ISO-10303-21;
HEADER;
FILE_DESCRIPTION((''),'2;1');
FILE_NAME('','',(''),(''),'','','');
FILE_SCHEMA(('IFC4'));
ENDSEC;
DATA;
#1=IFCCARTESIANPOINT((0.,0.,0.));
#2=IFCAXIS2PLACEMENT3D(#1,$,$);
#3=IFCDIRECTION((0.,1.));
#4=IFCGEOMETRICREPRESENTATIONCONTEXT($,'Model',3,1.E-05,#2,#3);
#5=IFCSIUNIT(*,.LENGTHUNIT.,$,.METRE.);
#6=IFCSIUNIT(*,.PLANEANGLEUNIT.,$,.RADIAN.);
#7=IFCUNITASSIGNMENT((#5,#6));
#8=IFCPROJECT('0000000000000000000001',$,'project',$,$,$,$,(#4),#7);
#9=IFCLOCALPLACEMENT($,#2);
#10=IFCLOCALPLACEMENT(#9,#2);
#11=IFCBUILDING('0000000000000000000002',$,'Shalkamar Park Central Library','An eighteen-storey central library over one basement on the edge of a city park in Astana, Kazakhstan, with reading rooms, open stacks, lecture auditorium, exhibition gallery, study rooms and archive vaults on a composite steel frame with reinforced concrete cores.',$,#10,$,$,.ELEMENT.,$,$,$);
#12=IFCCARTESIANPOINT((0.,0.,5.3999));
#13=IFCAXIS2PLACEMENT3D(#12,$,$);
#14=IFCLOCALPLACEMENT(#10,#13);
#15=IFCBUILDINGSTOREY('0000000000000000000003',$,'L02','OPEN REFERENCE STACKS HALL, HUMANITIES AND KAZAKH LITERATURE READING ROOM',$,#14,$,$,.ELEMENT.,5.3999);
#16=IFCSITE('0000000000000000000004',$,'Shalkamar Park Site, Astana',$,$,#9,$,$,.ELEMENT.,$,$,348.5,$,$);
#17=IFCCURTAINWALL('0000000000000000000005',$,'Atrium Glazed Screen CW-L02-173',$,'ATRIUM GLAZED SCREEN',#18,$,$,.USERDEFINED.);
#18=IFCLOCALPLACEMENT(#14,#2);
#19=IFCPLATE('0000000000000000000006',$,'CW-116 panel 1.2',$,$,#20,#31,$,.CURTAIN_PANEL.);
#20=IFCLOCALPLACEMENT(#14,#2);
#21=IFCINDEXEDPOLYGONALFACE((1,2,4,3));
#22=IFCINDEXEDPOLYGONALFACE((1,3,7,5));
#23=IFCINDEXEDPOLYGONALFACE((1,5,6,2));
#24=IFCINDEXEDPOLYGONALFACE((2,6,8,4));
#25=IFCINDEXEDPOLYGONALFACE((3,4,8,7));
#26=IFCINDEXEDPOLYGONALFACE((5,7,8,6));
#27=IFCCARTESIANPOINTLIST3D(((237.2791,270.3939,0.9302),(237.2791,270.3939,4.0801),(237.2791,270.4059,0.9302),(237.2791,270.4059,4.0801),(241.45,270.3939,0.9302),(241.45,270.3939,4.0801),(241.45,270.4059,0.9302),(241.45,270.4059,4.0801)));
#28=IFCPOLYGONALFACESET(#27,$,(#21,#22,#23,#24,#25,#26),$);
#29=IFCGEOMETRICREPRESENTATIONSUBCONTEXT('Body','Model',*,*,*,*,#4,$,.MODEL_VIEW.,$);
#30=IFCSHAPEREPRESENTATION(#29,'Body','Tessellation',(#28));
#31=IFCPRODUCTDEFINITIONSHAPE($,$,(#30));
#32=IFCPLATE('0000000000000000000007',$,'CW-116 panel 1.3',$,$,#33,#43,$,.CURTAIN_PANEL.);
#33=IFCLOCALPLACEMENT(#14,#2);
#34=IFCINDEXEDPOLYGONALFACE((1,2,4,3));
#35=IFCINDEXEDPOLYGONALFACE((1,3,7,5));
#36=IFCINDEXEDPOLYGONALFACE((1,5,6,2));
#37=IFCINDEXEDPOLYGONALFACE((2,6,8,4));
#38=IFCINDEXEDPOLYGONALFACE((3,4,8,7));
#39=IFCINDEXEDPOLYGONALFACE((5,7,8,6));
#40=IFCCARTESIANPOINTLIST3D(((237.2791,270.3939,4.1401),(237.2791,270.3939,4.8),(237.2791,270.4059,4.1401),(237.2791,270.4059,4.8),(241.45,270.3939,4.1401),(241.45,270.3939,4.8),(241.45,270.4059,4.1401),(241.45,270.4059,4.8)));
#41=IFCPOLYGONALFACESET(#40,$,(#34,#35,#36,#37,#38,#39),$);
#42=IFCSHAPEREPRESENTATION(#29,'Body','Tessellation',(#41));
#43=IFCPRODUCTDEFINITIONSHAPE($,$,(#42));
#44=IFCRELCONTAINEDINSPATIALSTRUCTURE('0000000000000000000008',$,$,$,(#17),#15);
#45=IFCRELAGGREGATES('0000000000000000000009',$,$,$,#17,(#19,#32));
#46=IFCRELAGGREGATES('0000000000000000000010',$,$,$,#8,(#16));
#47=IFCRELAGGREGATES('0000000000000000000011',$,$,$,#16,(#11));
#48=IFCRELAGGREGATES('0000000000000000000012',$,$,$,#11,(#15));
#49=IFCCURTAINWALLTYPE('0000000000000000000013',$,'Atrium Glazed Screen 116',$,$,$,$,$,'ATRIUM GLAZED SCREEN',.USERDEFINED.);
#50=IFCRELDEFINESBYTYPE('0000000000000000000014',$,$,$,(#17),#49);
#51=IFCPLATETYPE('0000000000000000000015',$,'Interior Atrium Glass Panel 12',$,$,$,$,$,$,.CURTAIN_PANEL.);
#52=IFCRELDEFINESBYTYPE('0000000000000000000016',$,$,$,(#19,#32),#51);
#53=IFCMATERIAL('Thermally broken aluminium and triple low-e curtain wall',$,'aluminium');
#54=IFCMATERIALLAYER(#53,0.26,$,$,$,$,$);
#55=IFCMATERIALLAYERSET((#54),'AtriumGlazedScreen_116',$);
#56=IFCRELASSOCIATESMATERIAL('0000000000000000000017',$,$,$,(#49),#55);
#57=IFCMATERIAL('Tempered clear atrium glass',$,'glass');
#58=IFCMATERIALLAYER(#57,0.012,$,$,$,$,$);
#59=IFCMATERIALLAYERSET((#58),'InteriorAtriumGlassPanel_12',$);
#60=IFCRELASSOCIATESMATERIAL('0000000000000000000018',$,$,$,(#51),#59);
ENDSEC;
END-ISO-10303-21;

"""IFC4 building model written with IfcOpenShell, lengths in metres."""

from ifc_helpers import new_model, si_unit, direction, frame, origin, origin_2d, place, context, subcontext, project, spatial, rectangle, extrude, material, layer, layer_set, type_object, element, aggregate, save


model = new_model("IFC4")

# Units and contexts
model_context = context("Model", 3, precision=1e-05, world=origin(), true_north=direction((0.0, 1.0)))
body_context = subcontext(model_context, "Body", "Model", "MODEL_VIEW")
ifc_project = project(units=[si_unit("LENGTHUNIT", "METRE"), si_unit("PLANEANGLEUNIT", "RADIAN")], contexts=[model_context])

# Site, building, storey
site_placement = place(None, origin())
site = spatial("IfcSite", under=ifc_project, at=site_placement, Name="Shalkamar Park Site, Astana", CompositionType="ELEMENT", RefElevation=348.5)
building_placement = place(site_placement, origin())
building = spatial("IfcBuilding", under=site, at=building_placement, Name="Shalkamar Park Central Library", Description="An eighteen-storey central library over one basement on the edge of a city park in Astana, Kazakhstan, with reading rooms, open stacks, lecture auditorium, exhibition gallery, study rooms and archive vaults on a composite steel frame with reinforced concrete cores.", CompositionType="ELEMENT")
storey_placement = place(building_placement, frame((0.0, 0.0, 5.3999)))
storey = spatial("IfcBuildingStorey", under=building, at=storey_placement, Name="L02", Description="OPEN REFERENCE STACKS HALL, HUMANITIES AND KAZAKH LITERATURE READING ROOM", CompositionType="ELEMENT", Elevation=5.3999)

# Shared definitions
ifc_material_1 = material(Name="Thermally broken aluminium and triple low-e curtain wall", Category="aluminium")

# Curtain wall
ifc_layer_1 = layer(ifc_material_1, 0.26)
ifc_layer_set_1 = layer_set([ifc_layer_1], Name="AtriumGlazedScreen_116")
curtain_wall_type_1 = type_object("IfcCurtainWallType", Name="Atrium Glazed Screen 116", ElementType="ATRIUM GLAZED SCREEN", PredefinedType="USERDEFINED", material=ifc_layer_set_1)
curtain_wall_1_placement = place(storey_placement, origin())
curtain_wall_1 = element("IfcCurtainWall", 1, at=curtain_wall_1_placement, inside=storey, type_object=curtain_wall_type_1, Name="Atrium Glazed Screen CW-L02-173", ObjectType="ATRIUM GLAZED SCREEN", PredefinedType="USERDEFINED")

# Plates
ifc_material_2 = material(Name="Tempered clear atrium glass", Category="glass")
ifc_layer_2 = layer(ifc_material_2, 0.012)
ifc_layer_set_2 = layer_set([ifc_layer_2], Name="InteriorAtriumGlassPanel_12")
plate_type_1 = type_object("IfcPlateType", Name="Interior Atrium Glass Panel 12", PredefinedType="CURTAIN_PANEL", material=ifc_layer_set_2)
plate_1_placement = place(storey_placement, frame((239.3645, 270.3999, 0.9302), z_axis=(0.0, 0.0, 1.0), x_axis=(1.0, 0.0, 0.0)))
plate_1 = element("IfcPlate", 2, at=plate_1_placement, type_object=plate_type_1, Name="CW-116 panel 1.2", PredefinedType="CURTAIN_PANEL", context=body_context, shape_type="SweptSolid", body=[
    extrude(rectangle(XDim=4.1709, YDim=0.012, at=origin_2d()), origin(), (0.0, 0.0, 1.0), 3.1499),
])
plate_2_placement = place(storey_placement, frame((239.3645, 270.3999, 4.1401), z_axis=(0.0, 0.0, 1.0), x_axis=(1.0, 0.0, 0.0)))
plate_2 = element("IfcPlate", 3, at=plate_2_placement, type_object=plate_type_1, Name="CW-116 panel 1.3", PredefinedType="CURTAIN_PANEL", context=body_context, shape_type="SweptSolid", body=[
    extrude(rectangle(XDim=4.1709, YDim=0.012, at=origin_2d()), origin(), (0.0, 0.0, 1.0), 0.6599),
])
aggregate(curtain_wall_1, [plate_1, plate_2])

save(model, "model.ifc")
